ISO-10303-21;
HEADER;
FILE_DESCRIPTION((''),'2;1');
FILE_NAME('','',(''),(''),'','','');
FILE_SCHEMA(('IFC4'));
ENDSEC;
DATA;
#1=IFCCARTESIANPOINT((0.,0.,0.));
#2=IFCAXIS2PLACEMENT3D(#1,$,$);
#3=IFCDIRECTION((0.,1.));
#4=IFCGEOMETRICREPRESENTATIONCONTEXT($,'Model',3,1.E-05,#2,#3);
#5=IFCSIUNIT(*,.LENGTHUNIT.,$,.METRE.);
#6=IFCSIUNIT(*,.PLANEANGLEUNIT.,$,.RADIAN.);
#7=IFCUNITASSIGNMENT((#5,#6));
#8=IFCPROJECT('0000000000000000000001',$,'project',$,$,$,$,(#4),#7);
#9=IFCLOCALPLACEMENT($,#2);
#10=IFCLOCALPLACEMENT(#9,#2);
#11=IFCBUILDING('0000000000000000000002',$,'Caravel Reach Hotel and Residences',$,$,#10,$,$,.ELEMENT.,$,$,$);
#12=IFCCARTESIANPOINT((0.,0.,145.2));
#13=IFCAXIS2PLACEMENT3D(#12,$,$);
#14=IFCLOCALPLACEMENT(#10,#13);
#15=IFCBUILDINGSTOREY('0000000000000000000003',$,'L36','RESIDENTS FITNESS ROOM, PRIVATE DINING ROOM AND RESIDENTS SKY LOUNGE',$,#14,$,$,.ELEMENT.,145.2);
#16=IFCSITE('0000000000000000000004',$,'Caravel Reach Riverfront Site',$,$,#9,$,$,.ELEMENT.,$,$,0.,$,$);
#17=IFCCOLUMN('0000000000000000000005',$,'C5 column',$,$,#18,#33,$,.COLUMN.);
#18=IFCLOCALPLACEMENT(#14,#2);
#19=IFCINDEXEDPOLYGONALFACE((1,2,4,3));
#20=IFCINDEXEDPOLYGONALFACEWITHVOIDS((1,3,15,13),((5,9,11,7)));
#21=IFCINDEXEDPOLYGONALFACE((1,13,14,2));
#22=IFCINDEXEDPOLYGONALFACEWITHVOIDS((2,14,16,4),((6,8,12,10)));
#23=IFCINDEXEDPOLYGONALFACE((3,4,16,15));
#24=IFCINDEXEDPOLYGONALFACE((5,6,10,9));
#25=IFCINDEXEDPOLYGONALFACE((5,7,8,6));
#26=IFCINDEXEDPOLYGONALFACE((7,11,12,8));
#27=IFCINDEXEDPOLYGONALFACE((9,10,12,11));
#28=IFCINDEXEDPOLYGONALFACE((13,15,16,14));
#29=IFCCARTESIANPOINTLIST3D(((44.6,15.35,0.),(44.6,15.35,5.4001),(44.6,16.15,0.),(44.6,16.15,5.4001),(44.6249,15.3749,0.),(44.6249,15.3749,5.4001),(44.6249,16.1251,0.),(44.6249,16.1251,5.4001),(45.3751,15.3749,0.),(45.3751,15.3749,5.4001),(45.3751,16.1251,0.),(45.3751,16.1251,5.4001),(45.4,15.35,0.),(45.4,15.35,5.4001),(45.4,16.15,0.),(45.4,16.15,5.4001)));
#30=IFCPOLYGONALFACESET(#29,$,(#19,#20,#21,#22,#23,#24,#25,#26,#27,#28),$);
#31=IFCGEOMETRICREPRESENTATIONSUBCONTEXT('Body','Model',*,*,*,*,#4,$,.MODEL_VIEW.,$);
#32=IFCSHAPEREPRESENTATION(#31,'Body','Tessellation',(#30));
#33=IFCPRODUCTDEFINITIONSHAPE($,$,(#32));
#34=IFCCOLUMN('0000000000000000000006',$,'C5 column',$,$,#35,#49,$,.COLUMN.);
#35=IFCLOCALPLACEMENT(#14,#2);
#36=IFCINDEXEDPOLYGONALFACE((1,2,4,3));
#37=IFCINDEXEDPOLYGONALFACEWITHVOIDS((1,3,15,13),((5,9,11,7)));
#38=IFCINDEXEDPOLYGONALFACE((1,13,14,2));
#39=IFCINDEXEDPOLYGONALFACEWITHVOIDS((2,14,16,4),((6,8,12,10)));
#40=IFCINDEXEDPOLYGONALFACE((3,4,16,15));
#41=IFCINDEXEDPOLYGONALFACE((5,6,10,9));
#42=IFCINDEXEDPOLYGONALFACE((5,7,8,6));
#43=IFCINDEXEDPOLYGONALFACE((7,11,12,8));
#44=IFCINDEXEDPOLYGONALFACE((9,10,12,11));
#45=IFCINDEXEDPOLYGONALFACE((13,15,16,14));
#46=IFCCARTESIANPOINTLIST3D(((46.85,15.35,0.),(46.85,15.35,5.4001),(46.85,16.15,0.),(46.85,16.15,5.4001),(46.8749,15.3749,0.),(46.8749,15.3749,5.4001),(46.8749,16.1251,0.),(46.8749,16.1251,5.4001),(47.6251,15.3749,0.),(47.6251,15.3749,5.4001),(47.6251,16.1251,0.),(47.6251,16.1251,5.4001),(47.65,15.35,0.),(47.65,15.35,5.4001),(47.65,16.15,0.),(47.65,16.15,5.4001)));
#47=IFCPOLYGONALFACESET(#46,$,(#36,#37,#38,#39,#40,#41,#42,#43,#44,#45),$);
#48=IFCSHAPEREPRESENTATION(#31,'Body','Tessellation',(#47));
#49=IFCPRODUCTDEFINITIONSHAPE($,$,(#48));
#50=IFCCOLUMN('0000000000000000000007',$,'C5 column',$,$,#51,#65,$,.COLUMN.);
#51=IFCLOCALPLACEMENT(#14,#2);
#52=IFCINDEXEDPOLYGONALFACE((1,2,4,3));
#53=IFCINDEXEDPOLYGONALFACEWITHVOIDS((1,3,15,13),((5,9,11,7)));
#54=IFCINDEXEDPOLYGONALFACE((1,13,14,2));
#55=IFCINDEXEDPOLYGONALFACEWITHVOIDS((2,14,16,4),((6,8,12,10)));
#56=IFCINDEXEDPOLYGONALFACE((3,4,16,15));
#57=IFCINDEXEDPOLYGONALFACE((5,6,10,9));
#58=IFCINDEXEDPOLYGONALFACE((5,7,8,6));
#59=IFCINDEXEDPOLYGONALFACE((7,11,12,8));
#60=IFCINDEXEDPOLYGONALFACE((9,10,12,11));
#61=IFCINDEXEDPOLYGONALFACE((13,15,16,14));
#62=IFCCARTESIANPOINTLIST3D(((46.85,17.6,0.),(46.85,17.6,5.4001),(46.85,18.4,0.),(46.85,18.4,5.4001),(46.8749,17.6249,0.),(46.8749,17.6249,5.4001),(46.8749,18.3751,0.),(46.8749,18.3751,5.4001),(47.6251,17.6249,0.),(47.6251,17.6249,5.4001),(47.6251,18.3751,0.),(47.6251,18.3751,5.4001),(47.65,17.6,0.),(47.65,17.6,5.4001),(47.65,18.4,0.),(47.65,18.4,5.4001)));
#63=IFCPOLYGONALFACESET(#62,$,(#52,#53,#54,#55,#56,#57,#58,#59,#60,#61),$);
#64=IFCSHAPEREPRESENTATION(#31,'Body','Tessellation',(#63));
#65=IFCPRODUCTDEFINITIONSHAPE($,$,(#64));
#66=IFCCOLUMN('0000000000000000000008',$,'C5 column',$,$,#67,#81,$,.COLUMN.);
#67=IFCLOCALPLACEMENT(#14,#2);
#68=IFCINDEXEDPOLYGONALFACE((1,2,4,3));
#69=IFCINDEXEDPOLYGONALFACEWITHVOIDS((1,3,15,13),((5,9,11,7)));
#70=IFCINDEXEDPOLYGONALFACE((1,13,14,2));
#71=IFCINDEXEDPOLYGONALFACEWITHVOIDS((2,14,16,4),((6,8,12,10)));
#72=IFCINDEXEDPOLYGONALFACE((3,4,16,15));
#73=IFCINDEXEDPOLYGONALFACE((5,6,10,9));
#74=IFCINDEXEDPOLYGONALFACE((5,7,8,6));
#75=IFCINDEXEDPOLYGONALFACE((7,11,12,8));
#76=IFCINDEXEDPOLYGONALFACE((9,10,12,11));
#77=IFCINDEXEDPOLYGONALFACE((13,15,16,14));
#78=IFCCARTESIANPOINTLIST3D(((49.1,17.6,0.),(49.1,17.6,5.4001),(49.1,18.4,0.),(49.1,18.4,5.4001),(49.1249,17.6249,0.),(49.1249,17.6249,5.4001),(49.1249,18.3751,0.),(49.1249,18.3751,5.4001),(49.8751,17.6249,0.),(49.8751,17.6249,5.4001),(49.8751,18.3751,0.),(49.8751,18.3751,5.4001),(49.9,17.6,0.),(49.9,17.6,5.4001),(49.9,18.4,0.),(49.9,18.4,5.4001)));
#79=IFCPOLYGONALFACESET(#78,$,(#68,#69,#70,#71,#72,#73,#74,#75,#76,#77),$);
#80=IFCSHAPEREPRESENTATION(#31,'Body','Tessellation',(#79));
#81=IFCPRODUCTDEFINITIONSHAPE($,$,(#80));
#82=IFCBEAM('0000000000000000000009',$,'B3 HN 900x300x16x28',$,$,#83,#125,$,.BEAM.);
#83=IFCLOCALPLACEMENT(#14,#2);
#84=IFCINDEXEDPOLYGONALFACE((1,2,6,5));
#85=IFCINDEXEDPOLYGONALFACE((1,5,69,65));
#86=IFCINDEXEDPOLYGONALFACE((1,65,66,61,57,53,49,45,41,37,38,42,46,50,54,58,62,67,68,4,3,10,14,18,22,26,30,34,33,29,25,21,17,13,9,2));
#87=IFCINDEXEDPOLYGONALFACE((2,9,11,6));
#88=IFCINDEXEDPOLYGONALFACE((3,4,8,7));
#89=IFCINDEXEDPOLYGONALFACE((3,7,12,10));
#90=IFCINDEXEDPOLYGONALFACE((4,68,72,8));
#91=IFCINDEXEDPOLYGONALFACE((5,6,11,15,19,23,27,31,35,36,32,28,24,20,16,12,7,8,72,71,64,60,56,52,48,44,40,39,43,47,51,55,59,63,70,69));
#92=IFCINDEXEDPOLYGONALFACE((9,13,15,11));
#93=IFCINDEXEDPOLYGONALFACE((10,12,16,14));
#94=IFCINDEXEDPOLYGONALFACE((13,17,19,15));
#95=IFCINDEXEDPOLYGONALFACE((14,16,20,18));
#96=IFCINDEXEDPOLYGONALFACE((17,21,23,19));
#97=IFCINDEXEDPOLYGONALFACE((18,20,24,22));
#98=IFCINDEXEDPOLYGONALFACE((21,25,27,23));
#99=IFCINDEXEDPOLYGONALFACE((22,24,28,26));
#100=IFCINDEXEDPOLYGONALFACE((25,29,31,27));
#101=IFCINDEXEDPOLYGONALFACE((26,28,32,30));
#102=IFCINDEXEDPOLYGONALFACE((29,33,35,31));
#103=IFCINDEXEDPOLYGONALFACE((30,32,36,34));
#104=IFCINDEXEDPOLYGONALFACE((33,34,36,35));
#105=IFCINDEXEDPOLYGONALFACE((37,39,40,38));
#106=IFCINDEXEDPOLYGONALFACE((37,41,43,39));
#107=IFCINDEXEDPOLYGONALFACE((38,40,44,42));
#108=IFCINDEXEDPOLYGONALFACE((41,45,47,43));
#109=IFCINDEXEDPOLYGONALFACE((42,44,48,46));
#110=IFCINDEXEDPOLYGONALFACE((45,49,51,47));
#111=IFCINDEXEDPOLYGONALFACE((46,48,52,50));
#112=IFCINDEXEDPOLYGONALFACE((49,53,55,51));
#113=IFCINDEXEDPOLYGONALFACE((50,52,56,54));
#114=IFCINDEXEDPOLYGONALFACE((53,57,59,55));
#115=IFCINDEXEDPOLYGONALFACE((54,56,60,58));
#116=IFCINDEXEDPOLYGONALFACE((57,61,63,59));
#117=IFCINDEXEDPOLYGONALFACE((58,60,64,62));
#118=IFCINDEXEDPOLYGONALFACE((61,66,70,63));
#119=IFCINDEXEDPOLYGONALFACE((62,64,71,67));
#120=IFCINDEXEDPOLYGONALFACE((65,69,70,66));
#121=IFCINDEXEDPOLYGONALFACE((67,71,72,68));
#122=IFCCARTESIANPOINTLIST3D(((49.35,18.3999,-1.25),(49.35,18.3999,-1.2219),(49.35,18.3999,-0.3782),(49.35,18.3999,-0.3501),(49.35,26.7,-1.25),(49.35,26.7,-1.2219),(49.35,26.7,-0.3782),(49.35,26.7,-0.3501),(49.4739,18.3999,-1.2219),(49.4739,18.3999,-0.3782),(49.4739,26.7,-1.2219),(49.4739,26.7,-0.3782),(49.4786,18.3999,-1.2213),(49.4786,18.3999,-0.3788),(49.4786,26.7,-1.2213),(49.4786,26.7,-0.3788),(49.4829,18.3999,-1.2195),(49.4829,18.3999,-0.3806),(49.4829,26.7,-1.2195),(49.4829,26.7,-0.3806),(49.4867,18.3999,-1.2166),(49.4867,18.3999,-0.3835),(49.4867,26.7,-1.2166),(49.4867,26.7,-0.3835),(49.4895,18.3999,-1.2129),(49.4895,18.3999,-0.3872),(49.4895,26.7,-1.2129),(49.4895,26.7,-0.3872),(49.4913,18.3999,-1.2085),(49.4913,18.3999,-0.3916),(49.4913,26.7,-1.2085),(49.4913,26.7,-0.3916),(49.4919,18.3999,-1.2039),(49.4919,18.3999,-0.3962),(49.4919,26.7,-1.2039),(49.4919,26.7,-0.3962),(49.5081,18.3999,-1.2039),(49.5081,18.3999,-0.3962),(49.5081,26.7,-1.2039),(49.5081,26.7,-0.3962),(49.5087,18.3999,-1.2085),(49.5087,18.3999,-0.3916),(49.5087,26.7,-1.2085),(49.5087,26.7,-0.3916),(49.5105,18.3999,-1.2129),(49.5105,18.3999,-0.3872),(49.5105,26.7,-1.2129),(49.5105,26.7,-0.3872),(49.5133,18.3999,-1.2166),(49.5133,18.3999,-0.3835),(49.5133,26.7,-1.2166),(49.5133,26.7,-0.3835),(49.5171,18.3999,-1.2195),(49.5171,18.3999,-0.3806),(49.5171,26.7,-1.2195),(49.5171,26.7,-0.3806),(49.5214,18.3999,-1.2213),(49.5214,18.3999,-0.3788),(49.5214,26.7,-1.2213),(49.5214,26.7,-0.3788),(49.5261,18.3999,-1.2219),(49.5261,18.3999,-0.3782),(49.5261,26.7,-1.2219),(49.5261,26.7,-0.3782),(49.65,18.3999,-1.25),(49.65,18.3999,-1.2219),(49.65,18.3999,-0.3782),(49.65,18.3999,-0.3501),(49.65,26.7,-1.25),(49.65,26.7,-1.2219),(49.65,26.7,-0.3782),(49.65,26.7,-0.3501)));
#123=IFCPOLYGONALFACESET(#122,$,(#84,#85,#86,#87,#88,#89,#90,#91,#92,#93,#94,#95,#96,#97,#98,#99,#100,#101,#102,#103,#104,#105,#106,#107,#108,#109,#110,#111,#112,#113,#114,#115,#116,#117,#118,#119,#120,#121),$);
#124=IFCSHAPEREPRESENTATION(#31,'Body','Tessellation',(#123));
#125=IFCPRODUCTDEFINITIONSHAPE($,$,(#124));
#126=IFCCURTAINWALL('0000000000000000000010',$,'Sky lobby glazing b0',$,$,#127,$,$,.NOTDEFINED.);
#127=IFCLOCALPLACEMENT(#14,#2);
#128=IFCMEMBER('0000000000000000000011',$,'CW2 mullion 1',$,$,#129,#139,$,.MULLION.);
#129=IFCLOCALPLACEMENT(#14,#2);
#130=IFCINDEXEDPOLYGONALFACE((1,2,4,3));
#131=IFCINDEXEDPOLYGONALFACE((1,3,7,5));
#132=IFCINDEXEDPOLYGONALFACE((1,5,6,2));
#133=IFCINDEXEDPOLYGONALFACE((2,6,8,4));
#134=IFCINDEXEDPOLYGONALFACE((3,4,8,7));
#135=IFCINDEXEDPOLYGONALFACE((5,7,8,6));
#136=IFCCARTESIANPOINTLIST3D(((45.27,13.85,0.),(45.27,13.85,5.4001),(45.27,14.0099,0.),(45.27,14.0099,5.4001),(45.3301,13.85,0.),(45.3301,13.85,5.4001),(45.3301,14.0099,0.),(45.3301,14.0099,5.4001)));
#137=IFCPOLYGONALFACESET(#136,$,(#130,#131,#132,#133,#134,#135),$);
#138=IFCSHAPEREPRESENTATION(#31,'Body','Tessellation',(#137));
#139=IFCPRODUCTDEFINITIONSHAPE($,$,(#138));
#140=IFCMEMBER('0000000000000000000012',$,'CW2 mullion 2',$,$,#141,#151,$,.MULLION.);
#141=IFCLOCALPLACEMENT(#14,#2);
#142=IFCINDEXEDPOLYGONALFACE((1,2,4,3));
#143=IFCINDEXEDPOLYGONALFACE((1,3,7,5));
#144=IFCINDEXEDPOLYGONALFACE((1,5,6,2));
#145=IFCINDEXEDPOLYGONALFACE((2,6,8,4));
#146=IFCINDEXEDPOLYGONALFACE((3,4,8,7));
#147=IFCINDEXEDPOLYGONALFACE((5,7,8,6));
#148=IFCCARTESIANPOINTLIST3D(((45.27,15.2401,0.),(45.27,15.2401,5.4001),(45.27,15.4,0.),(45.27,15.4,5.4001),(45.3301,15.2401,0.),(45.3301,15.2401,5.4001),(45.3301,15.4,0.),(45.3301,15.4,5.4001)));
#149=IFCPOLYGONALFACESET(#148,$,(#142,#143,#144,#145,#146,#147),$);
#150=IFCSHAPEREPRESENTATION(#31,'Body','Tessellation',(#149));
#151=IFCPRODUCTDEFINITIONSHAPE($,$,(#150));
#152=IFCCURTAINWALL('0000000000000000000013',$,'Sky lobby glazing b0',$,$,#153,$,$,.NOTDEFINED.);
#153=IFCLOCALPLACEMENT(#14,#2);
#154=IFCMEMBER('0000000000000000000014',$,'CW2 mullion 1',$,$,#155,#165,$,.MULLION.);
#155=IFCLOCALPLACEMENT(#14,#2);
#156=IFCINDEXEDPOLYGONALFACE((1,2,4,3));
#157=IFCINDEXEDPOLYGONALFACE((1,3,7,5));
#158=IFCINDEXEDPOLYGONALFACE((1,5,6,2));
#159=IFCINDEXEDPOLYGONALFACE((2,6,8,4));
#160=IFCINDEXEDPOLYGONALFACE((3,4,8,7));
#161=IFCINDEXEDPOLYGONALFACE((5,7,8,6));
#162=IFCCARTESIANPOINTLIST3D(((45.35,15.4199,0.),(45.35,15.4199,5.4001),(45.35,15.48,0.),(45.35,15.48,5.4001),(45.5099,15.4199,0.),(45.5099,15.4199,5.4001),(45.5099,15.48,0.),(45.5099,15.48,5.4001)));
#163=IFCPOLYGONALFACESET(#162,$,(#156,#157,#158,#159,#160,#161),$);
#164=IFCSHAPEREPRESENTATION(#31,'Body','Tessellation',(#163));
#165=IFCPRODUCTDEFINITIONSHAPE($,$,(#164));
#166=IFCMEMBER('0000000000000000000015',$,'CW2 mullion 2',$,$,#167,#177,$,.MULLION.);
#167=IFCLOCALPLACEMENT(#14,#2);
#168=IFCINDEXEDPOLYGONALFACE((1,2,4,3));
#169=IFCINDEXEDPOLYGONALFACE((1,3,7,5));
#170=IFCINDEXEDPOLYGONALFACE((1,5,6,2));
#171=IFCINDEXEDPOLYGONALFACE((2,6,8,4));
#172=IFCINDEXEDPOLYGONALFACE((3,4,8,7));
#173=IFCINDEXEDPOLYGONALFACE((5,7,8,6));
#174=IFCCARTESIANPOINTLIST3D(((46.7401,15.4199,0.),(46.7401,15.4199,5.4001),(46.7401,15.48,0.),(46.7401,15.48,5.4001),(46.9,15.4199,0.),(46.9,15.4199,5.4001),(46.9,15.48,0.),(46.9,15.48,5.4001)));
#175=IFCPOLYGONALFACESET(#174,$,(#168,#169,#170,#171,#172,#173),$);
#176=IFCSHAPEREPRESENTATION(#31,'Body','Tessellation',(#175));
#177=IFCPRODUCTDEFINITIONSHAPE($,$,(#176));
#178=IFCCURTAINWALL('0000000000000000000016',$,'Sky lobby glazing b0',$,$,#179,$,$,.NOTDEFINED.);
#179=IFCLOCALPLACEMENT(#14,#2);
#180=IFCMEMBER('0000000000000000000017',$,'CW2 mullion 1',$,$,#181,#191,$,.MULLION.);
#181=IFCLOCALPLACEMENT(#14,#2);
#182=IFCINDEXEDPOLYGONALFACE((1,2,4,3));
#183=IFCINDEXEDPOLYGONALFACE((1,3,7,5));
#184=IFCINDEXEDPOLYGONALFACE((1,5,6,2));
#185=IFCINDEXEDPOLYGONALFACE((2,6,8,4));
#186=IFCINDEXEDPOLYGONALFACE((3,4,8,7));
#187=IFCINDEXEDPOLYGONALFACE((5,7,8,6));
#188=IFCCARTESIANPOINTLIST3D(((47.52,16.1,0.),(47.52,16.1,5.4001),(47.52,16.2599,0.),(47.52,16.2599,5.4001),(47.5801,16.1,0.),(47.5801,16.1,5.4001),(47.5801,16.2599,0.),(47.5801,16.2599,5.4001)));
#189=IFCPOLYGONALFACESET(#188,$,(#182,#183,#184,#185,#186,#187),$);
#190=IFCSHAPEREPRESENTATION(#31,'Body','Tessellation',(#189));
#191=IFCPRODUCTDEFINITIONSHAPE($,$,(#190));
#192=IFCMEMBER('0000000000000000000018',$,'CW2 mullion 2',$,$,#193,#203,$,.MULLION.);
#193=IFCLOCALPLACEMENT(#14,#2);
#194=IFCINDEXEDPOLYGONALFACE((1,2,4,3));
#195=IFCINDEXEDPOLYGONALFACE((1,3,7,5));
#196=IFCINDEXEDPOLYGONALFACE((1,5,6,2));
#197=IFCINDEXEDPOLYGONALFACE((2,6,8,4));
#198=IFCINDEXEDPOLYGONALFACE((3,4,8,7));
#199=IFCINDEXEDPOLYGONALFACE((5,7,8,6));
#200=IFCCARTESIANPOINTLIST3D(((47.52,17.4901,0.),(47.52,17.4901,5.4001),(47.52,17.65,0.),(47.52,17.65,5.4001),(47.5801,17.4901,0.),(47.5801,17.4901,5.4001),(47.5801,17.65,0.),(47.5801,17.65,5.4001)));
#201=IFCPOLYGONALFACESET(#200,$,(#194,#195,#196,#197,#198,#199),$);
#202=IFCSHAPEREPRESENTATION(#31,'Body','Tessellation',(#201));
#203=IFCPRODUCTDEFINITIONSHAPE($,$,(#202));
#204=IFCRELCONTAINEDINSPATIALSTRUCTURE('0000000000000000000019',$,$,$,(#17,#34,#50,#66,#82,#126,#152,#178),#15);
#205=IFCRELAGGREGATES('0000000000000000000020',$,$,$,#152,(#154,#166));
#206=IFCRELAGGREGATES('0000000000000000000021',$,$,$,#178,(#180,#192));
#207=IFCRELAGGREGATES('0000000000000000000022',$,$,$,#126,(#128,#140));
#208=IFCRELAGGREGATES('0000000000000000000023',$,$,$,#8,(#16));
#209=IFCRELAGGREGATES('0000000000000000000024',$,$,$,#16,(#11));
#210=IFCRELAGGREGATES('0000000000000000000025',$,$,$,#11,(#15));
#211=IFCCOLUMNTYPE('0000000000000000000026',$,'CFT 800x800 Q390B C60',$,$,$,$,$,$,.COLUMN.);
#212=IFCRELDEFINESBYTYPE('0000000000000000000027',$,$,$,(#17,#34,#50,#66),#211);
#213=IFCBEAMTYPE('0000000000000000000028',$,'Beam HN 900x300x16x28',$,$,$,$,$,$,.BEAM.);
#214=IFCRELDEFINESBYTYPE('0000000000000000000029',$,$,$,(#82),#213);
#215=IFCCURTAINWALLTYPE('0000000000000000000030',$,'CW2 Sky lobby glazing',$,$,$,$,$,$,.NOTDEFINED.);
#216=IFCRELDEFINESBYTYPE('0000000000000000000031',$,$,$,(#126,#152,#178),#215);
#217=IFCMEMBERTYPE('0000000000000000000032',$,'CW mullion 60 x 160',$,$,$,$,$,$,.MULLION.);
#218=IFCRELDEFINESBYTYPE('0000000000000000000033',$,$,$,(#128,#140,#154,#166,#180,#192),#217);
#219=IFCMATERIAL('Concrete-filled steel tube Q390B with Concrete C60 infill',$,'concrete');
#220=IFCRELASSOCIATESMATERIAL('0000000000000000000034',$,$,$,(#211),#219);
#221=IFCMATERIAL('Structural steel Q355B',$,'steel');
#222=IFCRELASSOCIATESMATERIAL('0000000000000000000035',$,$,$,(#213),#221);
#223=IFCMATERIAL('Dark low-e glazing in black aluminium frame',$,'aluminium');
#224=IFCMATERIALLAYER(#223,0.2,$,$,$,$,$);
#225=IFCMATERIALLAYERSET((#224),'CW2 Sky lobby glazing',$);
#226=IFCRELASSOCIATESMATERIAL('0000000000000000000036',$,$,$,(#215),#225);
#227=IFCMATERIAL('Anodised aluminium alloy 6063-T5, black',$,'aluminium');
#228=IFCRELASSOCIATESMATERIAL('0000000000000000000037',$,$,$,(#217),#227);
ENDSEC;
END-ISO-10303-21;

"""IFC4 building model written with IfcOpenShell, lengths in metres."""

from ifc_helpers import new_model, si_unit, direction, frame, origin, origin_2d, place, context, subcontext, project, spatial, rectangle, hollow_rectangle, i_section, extrude, material, layer, layer_set, material_profile, profile_set, type_object, element, aggregate, save


model = new_model("IFC4")

# Units and contexts
model_context = context("Model", 3, precision=1e-05, world=origin(), true_north=direction((0.0, 1.0)))
body_context = subcontext(model_context, "Body", "Model", "MODEL_VIEW")
ifc_project = project(units=[si_unit("LENGTHUNIT", "METRE"), si_unit("PLANEANGLEUNIT", "RADIAN")], contexts=[model_context])

# Site, building, storey
site_placement = place(None, origin())
site = spatial("IfcSite", under=ifc_project, at=site_placement, Name="Caravel Reach Riverfront Site", CompositionType="ELEMENT", RefElevation=0.0)
building_placement = place(site_placement, origin())
building = spatial("IfcBuilding", under=site, at=building_placement, Name="Caravel Reach Hotel and Residences", CompositionType="ELEMENT")
storey_placement = place(building_placement, frame((0.0, 0.0, 145.2)))
storey = spatial("IfcBuildingStorey", under=building, at=storey_placement, Name="L36", Description="RESIDENTS FITNESS ROOM, PRIVATE DINING ROOM AND RESIDENTS SKY LOUNGE", CompositionType="ELEMENT", Elevation=145.2)

# Columns
ifc_material_1 = material(Name="Concrete-filled steel tube Q390B with Concrete C60 infill", Category="concrete")
ifc_material_profile_1 = material_profile(ifc_material_1, hollow_rectangle(XDim=0.8, YDim=0.8, WallThickness=0.0249, at=origin_2d()), Name="RHS 800x800x25")
ifc_profile_set_1 = profile_set([ifc_material_profile_1], Name="Concrete-filled steel tube Q390B with Concrete C60 infill")
column_type = type_object("IfcColumnType", Name="CFT 800x800 Q390B C60", PredefinedType="COLUMN", material=ifc_profile_set_1)
for number, where, z_axis, x_axis, name in (
    (1, (45.0, 15.75, 0.0), (0.0, 0.0, 1.0), (1.0, 0.0, 0.0), "C5 column"),
    (2, (47.25, 15.75, 0.0), (0.0, 0.0, 1.0), (1.0, 0.0, 0.0), "C5 column"),
    (3, (47.25, 18.0, 0.0), (0.0, 0.0, 1.0), (1.0, 0.0, 0.0), "C5 column"),
    (4, (49.5, 18.0, 0.0), (0.0, 0.0, 1.0), (1.0, 0.0, 0.0), "C5 column"),
):
    element("IfcColumn", number, at=place(storey_placement, frame(where, z_axis=z_axis, x_axis=x_axis)), inside=storey, type_object=column_type, Name=name, PredefinedType="COLUMN", context=body_context, shape_type="SweptSolid", body=[
        extrude(hollow_rectangle(XDim=0.8, YDim=0.8, WallThickness=0.0249, at=origin_2d()), origin(), (0.0, 0.0, 1.0), 5.4001),
    ])

# Beam
ifc_material_2 = material(Name="Structural steel Q355B", Category="steel")
ifc_material_profile_2 = material_profile(ifc_material_2, i_section(OverallWidth=0.3, OverallDepth=0.8999, WebThickness=0.0161, FlangeThickness=0.0281, FilletRadius=0.0181, at=origin_2d()), Name="HN 900x300x16x28")
ifc_profile_set_2 = profile_set([ifc_material_profile_2], Name="Structural steel Q355B")
beam_type = type_object("IfcBeamType", Name="Beam HN 900x300x16x28", PredefinedType="BEAM", material=ifc_profile_set_2)
beam_placement = place(storey_placement, frame((49.5, 18.3999, -0.8), z_axis=(0.0, 1.0, 0.0), x_axis=(-1.0, 0.0, 0.0)))
element("IfcBeam", 5, at=beam_placement, inside=storey, type_object=beam_type, Name="B3 HN 900x300x16x28", PredefinedType="BEAM", context=body_context, shape_type="SweptSolid", body=[
    extrude(i_section(OverallWidth=0.3, OverallDepth=0.8999, WebThickness=0.0161, FlangeThickness=0.0281, FilletRadius=0.0181, at=origin_2d()), origin(), (0.0, 0.0, 1.0), 8.3),
])

# Curtain walls, members
ifc_material_3 = material(Name="Dark low-e glazing in black aluminium frame", Category="aluminium")
ifc_layer_1 = layer(ifc_material_3, 0.2)
ifc_layer_set_1 = layer_set([ifc_layer_1], Name="CW2 Sky lobby glazing")
curtain_wall_type = type_object("IfcCurtainWallType", Name="CW2 Sky lobby glazing", PredefinedType="NOTDEFINED", material=ifc_layer_set_1)
curtain_wall_1_placement = place(storey_placement, origin())
curtain_wall_1 = element("IfcCurtainWall", 6, at=curtain_wall_1_placement, inside=storey, type_object=curtain_wall_type, Name="Sky lobby glazing b0", PredefinedType="NOTDEFINED")
ifc_material_4 = material(Name="Anodised aluminium alloy 6063-T5, black", Category="aluminium")
ifc_material_profile_3 = material_profile(ifc_material_4, rectangle(XDim=0.0601, YDim=0.1599, at=origin_2d()), Name="CW mullion 60 x 160")
ifc_profile_set_3 = profile_set([ifc_material_profile_3], Name="Anodised aluminium alloy 6063-T5, black")
member_type_1 = type_object("IfcMemberType", Name="CW mullion 60 x 160", PredefinedType="MULLION", material=ifc_profile_set_3)
member_1_placement = place(storey_placement, frame((45.3, 13.9299, 0.0), z_axis=(0.0, 0.0, 1.0), x_axis=(-1.0, 0.0, 0.0)))
member_1 = element("IfcMember", 7, at=member_1_placement, type_object=member_type_1, Name="CW2 mullion 1", PredefinedType="MULLION", context=body_context, shape_type="SweptSolid", body=[
    extrude(rectangle(XDim=0.0601, YDim=0.1599, at=origin_2d()), origin(), (0.0, 0.0, 1.0), 5.4001),
])
member_2_placement = place(storey_placement, frame((45.3, 15.3201, 0.0), z_axis=(0.0, 0.0, 1.0), x_axis=(-1.0, 0.0, 0.0)))
member_2 = element("IfcMember", 8, at=member_2_placement, type_object=member_type_1, Name="CW2 mullion 2", PredefinedType="MULLION", context=body_context, shape_type="SweptSolid", body=[
    extrude(rectangle(XDim=0.0601, YDim=0.1599, at=origin_2d()), origin(), (0.0, 0.0, 1.0), 5.4001),
])
curtain_wall_2_placement = place(storey_placement, origin())
curtain_wall_2 = element("IfcCurtainWall", 9, at=curtain_wall_2_placement, inside=storey, type_object=curtain_wall_type, Name="Sky lobby glazing b0", PredefinedType="NOTDEFINED")
member_3_placement = place(storey_placement, frame((45.4299, 15.45, 0.0), z_axis=(0.0, 0.0, 1.0), x_axis=(0.0, 1.0, 0.0)))
member_3 = element("IfcMember", 10, at=member_3_placement, type_object=member_type_1, Name="CW2 mullion 1", PredefinedType="MULLION", context=body_context, shape_type="SweptSolid", body=[
    extrude(rectangle(XDim=0.0601, YDim=0.1599, at=origin_2d()), origin(), (0.0, 0.0, 1.0), 5.4001),
])
member_4_placement = place(storey_placement, frame((46.8201, 15.45, 0.0), z_axis=(0.0, 0.0, 1.0), x_axis=(0.0, 1.0, 0.0)))
member_4 = element("IfcMember", 11, at=member_4_placement, type_object=member_type_1, Name="CW2 mullion 2", PredefinedType="MULLION", context=body_context, shape_type="SweptSolid", body=[
    extrude(rectangle(XDim=0.0601, YDim=0.1599, at=origin_2d()), origin(), (0.0, 0.0, 1.0), 5.4001),
])
aggregate(curtain_wall_2, [member_3, member_4])
curtain_wall_3_placement = place(storey_placement, origin())
curtain_wall_3 = element("IfcCurtainWall", 12, at=curtain_wall_3_placement, inside=storey, type_object=curtain_wall_type, Name="Sky lobby glazing b0", PredefinedType="NOTDEFINED")
member_5_placement = place(storey_placement, frame((47.55, 16.1799, 0.0), z_axis=(0.0, 0.0, 1.0), x_axis=(-1.0, 0.0, 0.0)))
member_5 = element("IfcMember", 13, at=member_5_placement, type_object=member_type_1, Name="CW2 mullion 1", PredefinedType="MULLION", context=body_context, shape_type="SweptSolid", body=[
    extrude(rectangle(XDim=0.0601, YDim=0.1599, at=origin_2d()), origin(), (0.0, 0.0, 1.0), 5.4001),
])
member_6_placement = place(storey_placement, frame((47.55, 17.5701, 0.0), z_axis=(0.0, 0.0, 1.0), x_axis=(-1.0, 0.0, 0.0)))
member_6 = element("IfcMember", 14, at=member_6_placement, type_object=member_type_1, Name="CW2 mullion 2", PredefinedType="MULLION", context=body_context, shape_type="SweptSolid", body=[
    extrude(rectangle(XDim=0.0601, YDim=0.1599, at=origin_2d()), origin(), (0.0, 0.0, 1.0), 5.4001),
])
aggregate(curtain_wall_3, [member_5, member_6])

aggregate(curtain_wall_1, [member_1, member_2])

save(model, "model.ifc")
